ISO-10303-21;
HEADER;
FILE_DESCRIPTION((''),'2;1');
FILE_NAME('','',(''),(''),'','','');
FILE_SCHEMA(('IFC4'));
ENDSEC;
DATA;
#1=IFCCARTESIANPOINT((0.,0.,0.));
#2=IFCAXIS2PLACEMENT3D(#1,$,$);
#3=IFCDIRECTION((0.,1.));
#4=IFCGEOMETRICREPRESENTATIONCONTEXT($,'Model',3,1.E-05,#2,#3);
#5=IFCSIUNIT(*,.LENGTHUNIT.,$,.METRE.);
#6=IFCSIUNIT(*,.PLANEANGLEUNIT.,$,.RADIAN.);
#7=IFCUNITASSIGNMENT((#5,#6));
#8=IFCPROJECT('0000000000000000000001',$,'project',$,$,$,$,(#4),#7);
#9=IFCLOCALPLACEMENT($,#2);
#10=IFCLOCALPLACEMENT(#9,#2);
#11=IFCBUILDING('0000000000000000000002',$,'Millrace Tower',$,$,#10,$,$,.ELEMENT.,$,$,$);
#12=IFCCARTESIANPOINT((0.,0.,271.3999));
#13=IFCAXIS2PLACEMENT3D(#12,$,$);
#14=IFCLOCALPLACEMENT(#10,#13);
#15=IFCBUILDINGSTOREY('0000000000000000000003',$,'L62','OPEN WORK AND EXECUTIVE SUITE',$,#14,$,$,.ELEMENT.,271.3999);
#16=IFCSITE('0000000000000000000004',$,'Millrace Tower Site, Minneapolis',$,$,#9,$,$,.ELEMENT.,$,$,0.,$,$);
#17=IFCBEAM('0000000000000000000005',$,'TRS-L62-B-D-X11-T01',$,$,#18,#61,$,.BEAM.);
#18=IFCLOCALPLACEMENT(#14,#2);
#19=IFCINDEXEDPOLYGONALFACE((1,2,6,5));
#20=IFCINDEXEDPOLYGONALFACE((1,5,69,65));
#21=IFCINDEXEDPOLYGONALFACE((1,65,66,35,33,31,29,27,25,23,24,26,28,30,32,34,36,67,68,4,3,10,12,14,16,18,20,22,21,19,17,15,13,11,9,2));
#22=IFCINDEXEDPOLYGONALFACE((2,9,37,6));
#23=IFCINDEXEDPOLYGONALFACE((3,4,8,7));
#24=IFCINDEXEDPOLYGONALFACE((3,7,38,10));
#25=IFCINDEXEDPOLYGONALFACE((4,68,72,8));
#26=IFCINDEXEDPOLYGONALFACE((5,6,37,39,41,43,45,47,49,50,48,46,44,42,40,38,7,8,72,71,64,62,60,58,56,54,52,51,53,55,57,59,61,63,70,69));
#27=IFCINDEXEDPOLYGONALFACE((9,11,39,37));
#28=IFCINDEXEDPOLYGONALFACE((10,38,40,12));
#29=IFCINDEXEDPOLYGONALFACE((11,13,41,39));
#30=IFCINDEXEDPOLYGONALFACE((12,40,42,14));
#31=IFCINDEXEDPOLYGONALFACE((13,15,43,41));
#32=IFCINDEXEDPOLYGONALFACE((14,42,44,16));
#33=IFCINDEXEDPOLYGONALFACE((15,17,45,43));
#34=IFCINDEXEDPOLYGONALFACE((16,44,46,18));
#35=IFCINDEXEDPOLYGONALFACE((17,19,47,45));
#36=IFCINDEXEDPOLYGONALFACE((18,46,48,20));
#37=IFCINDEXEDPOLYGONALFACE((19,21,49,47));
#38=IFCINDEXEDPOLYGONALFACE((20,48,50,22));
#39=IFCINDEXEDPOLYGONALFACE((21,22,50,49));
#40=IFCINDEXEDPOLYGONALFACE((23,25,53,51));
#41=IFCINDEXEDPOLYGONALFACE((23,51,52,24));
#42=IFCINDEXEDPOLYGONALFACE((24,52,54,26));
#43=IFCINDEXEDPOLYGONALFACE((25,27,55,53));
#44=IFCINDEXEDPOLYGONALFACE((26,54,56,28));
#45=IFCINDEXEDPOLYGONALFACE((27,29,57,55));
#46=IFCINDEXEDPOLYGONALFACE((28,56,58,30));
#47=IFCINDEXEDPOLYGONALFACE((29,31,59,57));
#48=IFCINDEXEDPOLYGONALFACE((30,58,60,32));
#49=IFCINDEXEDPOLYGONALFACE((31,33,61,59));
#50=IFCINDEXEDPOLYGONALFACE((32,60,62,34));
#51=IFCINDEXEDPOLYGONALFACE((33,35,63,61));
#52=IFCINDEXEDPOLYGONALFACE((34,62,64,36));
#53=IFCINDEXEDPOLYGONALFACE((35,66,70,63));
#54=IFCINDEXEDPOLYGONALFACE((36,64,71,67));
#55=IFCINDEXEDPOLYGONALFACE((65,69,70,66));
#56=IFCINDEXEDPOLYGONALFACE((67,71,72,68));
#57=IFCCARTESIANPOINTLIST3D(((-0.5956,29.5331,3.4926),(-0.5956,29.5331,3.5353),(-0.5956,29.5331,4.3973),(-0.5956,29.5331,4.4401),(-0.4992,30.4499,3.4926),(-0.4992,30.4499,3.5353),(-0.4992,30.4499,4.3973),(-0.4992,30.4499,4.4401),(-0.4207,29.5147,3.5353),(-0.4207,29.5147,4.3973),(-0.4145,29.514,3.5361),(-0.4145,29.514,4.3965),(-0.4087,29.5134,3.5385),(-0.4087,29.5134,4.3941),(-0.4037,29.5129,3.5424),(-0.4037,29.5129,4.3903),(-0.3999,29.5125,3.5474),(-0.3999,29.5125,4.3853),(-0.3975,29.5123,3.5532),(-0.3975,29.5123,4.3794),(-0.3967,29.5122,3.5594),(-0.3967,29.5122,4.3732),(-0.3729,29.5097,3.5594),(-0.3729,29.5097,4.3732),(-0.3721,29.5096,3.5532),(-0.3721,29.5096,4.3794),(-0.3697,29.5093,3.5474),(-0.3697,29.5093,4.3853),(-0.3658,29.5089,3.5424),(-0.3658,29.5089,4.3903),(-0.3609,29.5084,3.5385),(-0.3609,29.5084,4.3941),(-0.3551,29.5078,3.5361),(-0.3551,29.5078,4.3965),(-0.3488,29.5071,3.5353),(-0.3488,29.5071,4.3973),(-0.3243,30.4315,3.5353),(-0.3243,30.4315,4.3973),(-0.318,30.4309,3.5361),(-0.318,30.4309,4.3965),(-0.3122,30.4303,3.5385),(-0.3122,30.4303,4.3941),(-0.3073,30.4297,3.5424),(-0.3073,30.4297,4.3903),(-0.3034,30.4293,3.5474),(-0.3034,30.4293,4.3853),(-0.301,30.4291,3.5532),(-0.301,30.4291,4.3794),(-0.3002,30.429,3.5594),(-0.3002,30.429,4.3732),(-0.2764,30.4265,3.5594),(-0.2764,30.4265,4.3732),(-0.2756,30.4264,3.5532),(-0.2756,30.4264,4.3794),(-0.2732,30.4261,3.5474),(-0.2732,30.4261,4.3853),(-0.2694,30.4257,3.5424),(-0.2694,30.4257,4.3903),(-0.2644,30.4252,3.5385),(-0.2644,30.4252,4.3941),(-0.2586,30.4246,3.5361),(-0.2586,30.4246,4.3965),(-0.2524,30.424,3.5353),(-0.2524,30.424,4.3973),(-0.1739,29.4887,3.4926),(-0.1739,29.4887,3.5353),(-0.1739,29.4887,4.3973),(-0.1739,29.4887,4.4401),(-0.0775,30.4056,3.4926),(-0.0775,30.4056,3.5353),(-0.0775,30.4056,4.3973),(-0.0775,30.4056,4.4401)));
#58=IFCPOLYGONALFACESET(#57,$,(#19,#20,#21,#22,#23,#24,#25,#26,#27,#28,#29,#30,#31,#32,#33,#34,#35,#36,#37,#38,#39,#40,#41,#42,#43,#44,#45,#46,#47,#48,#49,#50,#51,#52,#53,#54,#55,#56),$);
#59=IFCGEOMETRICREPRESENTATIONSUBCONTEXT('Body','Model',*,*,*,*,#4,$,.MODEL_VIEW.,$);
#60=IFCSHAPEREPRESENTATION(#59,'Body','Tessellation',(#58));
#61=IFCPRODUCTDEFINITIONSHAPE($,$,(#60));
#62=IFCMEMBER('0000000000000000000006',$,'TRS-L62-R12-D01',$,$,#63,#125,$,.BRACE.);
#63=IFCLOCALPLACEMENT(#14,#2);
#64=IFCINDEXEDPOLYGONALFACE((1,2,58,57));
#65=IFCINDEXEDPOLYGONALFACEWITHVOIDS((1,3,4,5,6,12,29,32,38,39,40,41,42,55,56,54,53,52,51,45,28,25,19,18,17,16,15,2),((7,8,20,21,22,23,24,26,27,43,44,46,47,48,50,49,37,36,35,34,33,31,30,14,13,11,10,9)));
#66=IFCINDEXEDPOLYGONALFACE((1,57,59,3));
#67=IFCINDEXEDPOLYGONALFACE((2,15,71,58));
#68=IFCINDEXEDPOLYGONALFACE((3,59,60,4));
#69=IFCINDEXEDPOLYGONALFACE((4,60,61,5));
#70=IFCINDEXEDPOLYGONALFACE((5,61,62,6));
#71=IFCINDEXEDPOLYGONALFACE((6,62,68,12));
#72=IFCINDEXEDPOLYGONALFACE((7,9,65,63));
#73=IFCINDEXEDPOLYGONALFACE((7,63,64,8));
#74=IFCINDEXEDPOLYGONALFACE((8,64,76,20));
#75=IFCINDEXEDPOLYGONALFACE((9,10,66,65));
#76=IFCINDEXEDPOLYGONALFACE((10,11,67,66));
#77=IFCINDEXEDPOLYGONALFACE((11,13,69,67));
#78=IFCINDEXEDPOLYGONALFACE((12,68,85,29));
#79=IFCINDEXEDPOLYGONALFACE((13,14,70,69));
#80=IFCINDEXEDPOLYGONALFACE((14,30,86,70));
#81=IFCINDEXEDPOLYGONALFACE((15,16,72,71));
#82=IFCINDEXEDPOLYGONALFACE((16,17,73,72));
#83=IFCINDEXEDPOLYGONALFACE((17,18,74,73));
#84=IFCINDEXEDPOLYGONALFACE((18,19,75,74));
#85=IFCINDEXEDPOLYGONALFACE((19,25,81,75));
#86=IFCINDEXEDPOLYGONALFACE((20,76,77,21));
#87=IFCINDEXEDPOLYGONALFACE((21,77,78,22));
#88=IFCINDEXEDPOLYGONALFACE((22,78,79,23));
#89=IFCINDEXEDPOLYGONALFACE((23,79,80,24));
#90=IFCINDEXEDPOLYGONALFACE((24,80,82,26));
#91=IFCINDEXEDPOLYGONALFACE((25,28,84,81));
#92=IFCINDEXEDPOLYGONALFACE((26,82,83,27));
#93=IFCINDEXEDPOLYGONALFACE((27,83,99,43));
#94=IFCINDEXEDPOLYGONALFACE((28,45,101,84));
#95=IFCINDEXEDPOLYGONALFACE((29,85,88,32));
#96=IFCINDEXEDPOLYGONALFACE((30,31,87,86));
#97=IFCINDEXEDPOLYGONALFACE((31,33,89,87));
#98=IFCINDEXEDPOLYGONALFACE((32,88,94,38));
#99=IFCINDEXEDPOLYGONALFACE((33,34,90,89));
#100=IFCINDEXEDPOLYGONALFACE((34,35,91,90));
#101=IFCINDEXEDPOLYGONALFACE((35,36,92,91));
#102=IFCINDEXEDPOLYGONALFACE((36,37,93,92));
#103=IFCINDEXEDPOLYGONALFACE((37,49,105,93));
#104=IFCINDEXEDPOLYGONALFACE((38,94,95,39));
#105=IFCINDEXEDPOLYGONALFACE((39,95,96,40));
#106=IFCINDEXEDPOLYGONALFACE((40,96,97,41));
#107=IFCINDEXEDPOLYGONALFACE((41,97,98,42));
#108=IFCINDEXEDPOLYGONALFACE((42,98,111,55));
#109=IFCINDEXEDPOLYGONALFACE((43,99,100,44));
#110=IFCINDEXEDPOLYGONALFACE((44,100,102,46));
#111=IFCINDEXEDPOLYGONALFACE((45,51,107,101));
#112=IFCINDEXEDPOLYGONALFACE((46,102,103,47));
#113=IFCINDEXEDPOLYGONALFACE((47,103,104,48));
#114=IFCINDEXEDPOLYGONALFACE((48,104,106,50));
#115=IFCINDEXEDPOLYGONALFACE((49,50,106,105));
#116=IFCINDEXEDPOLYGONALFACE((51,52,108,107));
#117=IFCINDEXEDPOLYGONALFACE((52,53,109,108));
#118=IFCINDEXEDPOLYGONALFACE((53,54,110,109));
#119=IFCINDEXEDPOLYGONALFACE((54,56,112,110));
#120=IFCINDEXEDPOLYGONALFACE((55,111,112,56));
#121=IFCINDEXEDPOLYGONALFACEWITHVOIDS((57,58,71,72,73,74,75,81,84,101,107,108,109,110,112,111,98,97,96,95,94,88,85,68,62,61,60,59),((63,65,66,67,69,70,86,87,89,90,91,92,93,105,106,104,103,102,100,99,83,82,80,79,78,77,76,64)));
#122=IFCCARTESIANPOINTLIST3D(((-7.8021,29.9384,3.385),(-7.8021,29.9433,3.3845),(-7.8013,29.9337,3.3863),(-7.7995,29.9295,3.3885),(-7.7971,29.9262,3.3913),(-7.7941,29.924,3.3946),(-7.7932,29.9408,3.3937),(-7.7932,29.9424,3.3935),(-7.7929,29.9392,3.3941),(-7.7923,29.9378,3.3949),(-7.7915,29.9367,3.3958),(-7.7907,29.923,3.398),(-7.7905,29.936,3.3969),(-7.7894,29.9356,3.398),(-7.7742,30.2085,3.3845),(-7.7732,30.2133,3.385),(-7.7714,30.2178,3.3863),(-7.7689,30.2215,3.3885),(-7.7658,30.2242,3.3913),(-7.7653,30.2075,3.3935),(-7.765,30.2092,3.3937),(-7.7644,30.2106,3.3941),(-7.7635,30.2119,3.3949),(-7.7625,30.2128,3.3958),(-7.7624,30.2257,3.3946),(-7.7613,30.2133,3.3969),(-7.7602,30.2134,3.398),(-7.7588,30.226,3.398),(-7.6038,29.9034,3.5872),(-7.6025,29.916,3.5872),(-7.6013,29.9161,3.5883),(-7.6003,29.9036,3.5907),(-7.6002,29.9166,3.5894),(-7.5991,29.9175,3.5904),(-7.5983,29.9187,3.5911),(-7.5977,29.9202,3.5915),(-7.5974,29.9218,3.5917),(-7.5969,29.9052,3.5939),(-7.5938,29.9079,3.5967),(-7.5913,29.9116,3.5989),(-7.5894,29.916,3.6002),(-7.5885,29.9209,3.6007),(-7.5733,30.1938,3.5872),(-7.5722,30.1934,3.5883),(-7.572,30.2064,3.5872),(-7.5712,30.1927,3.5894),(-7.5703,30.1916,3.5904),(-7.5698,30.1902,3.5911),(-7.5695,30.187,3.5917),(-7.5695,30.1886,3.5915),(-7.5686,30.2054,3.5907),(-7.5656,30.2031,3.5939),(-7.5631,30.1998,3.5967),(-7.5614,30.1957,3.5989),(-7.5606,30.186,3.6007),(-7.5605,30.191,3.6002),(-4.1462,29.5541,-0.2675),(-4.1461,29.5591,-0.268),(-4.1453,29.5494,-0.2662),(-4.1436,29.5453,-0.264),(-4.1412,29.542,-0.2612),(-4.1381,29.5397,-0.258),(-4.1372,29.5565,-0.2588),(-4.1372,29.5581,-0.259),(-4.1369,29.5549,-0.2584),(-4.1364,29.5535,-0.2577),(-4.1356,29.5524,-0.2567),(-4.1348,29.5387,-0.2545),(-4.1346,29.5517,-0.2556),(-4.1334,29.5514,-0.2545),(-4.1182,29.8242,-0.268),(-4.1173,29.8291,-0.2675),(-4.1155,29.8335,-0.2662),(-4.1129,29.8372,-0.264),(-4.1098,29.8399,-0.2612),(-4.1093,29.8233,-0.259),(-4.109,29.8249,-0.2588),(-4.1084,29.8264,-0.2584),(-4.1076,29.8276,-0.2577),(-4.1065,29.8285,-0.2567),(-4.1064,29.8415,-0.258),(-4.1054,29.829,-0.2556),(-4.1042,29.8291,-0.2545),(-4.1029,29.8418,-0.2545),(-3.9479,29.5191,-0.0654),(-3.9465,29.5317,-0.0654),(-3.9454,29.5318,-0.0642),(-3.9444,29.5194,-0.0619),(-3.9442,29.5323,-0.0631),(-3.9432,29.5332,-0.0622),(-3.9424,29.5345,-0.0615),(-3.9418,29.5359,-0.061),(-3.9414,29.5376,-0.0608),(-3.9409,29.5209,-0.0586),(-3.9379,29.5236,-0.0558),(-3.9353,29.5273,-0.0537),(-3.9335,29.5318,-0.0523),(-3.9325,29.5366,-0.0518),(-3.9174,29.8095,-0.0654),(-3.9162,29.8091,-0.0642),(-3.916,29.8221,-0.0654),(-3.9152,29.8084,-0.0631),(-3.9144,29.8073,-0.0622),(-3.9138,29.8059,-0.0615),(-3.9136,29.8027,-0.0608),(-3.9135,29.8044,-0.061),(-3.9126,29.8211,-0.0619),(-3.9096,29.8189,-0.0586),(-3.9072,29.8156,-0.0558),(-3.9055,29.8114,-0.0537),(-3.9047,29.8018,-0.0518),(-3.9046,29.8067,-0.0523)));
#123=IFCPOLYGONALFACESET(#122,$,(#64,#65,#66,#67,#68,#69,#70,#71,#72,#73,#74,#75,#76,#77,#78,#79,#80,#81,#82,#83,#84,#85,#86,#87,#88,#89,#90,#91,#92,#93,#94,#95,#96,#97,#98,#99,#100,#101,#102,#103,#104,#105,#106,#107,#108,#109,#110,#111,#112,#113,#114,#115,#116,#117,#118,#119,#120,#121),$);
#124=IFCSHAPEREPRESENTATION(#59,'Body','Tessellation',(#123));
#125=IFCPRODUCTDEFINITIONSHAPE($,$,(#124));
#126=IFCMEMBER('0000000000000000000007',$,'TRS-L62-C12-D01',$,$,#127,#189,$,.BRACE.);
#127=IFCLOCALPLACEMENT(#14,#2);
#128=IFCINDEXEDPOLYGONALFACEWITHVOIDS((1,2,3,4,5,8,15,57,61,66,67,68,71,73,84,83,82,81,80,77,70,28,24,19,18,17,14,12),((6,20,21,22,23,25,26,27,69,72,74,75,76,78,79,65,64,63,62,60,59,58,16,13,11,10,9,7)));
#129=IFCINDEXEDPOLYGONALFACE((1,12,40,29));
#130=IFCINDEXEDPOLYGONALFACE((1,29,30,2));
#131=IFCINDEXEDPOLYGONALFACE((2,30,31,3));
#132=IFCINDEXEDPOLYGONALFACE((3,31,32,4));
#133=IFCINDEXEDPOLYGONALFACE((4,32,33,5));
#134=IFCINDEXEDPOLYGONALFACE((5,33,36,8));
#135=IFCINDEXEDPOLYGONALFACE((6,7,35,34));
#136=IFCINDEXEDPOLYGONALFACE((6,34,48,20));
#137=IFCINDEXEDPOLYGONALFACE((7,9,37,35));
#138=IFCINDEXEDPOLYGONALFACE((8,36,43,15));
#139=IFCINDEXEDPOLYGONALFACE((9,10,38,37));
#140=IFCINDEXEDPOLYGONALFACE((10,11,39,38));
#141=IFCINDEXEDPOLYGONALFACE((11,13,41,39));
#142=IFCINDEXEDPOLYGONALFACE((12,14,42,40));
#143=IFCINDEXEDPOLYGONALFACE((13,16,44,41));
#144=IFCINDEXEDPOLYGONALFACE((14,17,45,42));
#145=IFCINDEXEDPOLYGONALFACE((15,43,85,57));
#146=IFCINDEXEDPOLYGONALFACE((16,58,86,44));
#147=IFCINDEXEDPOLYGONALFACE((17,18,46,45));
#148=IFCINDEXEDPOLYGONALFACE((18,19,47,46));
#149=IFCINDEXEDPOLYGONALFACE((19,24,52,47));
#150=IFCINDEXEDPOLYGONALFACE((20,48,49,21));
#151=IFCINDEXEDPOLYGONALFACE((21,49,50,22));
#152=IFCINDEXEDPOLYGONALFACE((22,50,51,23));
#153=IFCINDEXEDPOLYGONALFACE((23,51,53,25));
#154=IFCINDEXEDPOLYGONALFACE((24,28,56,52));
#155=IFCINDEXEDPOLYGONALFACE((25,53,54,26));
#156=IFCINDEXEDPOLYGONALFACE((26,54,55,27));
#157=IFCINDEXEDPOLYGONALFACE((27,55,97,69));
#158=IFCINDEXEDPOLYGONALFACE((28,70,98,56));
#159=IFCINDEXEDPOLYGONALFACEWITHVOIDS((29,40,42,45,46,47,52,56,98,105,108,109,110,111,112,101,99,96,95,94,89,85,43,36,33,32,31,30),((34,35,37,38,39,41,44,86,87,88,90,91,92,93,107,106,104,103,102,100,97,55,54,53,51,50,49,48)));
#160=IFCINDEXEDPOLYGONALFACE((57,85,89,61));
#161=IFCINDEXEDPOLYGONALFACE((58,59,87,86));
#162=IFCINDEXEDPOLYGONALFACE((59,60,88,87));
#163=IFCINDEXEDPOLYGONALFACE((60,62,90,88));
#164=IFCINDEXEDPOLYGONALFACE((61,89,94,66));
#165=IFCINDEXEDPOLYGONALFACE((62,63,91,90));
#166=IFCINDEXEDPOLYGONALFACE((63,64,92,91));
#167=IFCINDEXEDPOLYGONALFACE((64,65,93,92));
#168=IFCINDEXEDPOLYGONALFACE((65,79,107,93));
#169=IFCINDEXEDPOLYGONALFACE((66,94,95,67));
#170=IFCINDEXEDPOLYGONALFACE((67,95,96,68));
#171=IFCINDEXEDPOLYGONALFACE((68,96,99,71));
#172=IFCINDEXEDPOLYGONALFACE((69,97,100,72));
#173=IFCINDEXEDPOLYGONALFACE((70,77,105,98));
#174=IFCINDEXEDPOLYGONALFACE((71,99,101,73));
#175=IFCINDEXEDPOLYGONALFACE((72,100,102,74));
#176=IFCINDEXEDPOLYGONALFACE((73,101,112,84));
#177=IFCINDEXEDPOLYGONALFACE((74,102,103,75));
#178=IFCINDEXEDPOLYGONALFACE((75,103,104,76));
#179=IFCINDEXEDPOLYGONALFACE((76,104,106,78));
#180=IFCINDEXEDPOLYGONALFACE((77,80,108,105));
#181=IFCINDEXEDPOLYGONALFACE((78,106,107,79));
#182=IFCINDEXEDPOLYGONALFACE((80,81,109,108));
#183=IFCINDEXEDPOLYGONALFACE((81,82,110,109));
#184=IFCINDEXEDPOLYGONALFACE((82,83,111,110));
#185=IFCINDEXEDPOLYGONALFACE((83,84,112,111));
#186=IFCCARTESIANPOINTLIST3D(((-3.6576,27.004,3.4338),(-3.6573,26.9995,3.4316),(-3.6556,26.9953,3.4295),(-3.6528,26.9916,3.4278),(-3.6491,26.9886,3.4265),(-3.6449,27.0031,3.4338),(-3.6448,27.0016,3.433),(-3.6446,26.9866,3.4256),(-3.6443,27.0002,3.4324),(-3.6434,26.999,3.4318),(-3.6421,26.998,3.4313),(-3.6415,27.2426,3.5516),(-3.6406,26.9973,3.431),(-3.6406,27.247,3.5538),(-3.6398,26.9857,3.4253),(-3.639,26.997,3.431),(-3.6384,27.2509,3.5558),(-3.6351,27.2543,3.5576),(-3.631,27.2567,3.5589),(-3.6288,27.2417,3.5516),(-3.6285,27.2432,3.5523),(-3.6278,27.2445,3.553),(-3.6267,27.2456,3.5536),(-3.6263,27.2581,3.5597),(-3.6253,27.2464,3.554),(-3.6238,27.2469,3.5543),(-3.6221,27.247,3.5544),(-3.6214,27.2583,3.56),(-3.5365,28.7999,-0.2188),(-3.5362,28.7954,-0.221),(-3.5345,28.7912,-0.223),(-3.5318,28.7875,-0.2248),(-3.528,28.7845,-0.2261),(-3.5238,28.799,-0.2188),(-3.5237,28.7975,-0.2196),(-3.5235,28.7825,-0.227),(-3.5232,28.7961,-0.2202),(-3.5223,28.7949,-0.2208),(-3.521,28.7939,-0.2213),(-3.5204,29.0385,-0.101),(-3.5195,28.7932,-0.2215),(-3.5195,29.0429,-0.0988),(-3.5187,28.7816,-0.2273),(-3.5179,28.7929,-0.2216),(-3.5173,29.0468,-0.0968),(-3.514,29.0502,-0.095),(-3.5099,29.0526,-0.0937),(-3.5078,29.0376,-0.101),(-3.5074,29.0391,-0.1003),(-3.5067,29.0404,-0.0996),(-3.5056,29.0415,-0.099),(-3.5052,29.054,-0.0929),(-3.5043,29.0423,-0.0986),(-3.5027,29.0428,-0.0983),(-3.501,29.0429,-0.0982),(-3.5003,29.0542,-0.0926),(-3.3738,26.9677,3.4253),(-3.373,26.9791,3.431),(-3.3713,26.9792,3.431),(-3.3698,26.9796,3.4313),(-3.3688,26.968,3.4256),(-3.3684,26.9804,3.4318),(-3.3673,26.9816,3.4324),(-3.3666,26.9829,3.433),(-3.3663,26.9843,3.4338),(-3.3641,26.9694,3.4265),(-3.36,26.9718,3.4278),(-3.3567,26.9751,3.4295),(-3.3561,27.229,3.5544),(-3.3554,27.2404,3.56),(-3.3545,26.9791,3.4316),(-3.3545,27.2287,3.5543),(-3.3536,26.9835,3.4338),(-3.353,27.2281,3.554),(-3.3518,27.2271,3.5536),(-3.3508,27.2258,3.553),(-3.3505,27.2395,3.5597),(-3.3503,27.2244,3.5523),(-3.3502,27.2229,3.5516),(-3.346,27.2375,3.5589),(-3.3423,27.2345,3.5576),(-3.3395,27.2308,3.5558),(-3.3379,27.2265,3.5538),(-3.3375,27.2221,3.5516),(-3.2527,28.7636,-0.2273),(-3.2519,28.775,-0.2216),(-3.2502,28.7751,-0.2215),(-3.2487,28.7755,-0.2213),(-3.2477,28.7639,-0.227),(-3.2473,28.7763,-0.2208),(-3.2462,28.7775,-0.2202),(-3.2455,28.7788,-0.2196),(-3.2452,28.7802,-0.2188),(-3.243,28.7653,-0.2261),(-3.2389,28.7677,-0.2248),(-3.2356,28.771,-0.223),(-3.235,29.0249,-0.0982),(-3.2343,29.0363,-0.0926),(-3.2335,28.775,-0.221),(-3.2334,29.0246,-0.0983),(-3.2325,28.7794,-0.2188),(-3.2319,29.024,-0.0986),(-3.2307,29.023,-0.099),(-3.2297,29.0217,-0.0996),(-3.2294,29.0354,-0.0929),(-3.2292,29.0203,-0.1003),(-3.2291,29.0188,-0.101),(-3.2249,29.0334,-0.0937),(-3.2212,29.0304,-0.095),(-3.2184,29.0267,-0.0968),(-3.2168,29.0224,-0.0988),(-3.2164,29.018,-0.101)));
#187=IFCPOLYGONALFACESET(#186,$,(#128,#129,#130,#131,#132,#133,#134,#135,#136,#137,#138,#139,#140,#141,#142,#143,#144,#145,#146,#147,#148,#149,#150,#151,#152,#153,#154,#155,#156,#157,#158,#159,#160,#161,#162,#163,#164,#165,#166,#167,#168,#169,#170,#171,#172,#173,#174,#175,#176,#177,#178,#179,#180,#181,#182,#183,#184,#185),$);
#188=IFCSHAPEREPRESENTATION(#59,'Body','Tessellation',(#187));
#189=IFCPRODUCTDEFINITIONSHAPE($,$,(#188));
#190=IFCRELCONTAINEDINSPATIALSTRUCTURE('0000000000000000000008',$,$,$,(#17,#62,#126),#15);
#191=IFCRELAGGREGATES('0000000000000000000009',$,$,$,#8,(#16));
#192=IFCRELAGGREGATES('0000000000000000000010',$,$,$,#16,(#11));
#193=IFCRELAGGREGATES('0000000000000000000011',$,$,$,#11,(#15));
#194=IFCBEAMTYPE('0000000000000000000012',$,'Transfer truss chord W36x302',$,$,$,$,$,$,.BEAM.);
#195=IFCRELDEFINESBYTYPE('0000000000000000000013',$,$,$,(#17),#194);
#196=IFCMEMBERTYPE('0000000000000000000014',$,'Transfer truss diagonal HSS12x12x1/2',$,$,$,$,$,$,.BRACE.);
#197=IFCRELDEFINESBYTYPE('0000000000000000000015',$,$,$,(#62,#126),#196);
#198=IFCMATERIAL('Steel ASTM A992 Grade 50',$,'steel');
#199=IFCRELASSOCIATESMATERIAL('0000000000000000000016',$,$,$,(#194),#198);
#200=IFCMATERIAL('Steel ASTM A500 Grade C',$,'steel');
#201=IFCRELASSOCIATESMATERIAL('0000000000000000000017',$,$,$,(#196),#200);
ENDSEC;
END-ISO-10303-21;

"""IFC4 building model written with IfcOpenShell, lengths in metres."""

from ifc_helpers import new_model, si_unit, direction, frame, origin, origin_2d, place, context, subcontext, project, spatial, hollow_rectangle, i_section, extrude, material, material_profile, profile_set, type_object, element, save


model = new_model("IFC4")

# Units and contexts
model_context = context("Model", 3, precision=1e-05, world=origin(), true_north=direction((0.0, 1.0)))
body_context = subcontext(model_context, "Body", "Model", "MODEL_VIEW")
ifc_project = project(units=[si_unit("LENGTHUNIT", "METRE"), si_unit("PLANEANGLEUNIT", "RADIAN")], contexts=[model_context])

# Site, building, storey
site_placement = place(None, origin())
site = spatial("IfcSite", under=ifc_project, at=site_placement, Name="Millrace Tower Site, Minneapolis", CompositionType="ELEMENT", RefElevation=0.0)
building_placement = place(site_placement, origin())
building = spatial("IfcBuilding", under=site, at=building_placement, Name="Millrace Tower", CompositionType="ELEMENT")
storey_placement = place(building_placement, frame((0.0, 0.0, 271.3999)))
storey = spatial("IfcBuildingStorey", under=building, at=storey_placement, Name="L62", Description="OPEN WORK AND EXECUTIVE SUITE", CompositionType="ELEMENT", Elevation=271.3999)

# Beam
ifc_material_1 = material(Name="Steel ASTM A992 Grade 50", Category="steel")
ifc_material_profile_1 = material_profile(ifc_material_1, i_section(OverallWidth=0.4241, OverallDepth=0.9475, WebThickness=0.0239, FlangeThickness=0.0427, FilletRadius=0.0242, at=origin_2d()))
ifc_profile_set_1 = profile_set([ifc_material_profile_1], Name="Steel ASTM A992 Grade 50")
beam_type_1 = type_object("IfcBeamType", Name="Transfer truss chord W36x302", PredefinedType="BEAM", material=ifc_profile_set_1)
for number, where, z_axis, x_axis, name in (
    (1, (-0.2883, 30.4277, 3.9663), (-0.104616, -0.994513, 0.0), (0.994513, -0.104616, 0.0), "TRS-L62-B-D-X11-T01"),
):
    element("IfcBeam", number, at=place(storey_placement, frame(where, z_axis=z_axis, x_axis=x_axis)), inside=storey, type_object=beam_type_1, Name=name, PredefinedType="BEAM", context=body_context, shape_type="SweptSolid", body=[
        extrude(i_section(OverallWidth=0.4241, OverallDepth=0.9475, WebThickness=0.0239, FlangeThickness=0.0427, FilletRadius=0.0242, at=origin_2d()), origin(), (0.0, 0.0, 1.0), 0.9219),
    ])

# Members
ifc_material_2 = material(Name="Steel ASTM A500 Grade C", Category="steel")
ifc_material_profile_2 = material_profile(ifc_material_2, hollow_rectangle(XDim=0.3047, YDim=0.3047, WallThickness=0.0127, InnerFilletRadius=0.0063, OuterFilletRadius=0.019, at=origin_2d()))
ifc_profile_set_2 = profile_set([ifc_material_profile_2], Name="Steel ASTM A500 Grade C")
member_type_1 = type_object("IfcMemberType", Name="Transfer truss diagonal HSS12x12x1/2", PredefinedType="BRACE", material=ifc_profile_set_2)
member_1_placement = place(storey_placement, frame((-4.0254, 29.6804, -0.1599), z_axis=(-0.70549, 0.074153, 0.70483), x_axis=(-0.104533, -0.994521, 0.0)))
element("IfcMember", 2, at=member_1_placement, inside=storey, type_object=member_type_1, Name="TRS-L62-R12-D01", PredefinedType="BRACE", context=body_context, shape_type="SweptSolid", body=[
    extrude(hollow_rectangle(XDim=0.3047, YDim=0.3047, WallThickness=0.0127, InnerFilletRadius=0.0063, OuterFilletRadius=0.019, at=origin_2d()), origin(), (0.0, 0.0, 1.0), 5.1821),
])
member_2_placement = place(storey_placement, frame((-3.3765, 28.9089, -0.1599), z_axis=(-0.029738, -0.441034, 0.896997), x_axis=(0.997734, -0.067275, 0.0)))
element("IfcMember", 3, at=member_2_placement, inside=storey, type_object=member_type_1, Name="TRS-L62-C12-D01", PredefinedType="BRACE", context=body_context, shape_type="SweptSolid", body=[
    extrude(hollow_rectangle(XDim=0.3047, YDim=0.3047, WallThickness=0.0127, InnerFilletRadius=0.0063, OuterFilletRadius=0.019, at=origin_2d()), origin(), (0.0, 0.0, 1.0), 4.072),
])

save(model, "model.ifc")
